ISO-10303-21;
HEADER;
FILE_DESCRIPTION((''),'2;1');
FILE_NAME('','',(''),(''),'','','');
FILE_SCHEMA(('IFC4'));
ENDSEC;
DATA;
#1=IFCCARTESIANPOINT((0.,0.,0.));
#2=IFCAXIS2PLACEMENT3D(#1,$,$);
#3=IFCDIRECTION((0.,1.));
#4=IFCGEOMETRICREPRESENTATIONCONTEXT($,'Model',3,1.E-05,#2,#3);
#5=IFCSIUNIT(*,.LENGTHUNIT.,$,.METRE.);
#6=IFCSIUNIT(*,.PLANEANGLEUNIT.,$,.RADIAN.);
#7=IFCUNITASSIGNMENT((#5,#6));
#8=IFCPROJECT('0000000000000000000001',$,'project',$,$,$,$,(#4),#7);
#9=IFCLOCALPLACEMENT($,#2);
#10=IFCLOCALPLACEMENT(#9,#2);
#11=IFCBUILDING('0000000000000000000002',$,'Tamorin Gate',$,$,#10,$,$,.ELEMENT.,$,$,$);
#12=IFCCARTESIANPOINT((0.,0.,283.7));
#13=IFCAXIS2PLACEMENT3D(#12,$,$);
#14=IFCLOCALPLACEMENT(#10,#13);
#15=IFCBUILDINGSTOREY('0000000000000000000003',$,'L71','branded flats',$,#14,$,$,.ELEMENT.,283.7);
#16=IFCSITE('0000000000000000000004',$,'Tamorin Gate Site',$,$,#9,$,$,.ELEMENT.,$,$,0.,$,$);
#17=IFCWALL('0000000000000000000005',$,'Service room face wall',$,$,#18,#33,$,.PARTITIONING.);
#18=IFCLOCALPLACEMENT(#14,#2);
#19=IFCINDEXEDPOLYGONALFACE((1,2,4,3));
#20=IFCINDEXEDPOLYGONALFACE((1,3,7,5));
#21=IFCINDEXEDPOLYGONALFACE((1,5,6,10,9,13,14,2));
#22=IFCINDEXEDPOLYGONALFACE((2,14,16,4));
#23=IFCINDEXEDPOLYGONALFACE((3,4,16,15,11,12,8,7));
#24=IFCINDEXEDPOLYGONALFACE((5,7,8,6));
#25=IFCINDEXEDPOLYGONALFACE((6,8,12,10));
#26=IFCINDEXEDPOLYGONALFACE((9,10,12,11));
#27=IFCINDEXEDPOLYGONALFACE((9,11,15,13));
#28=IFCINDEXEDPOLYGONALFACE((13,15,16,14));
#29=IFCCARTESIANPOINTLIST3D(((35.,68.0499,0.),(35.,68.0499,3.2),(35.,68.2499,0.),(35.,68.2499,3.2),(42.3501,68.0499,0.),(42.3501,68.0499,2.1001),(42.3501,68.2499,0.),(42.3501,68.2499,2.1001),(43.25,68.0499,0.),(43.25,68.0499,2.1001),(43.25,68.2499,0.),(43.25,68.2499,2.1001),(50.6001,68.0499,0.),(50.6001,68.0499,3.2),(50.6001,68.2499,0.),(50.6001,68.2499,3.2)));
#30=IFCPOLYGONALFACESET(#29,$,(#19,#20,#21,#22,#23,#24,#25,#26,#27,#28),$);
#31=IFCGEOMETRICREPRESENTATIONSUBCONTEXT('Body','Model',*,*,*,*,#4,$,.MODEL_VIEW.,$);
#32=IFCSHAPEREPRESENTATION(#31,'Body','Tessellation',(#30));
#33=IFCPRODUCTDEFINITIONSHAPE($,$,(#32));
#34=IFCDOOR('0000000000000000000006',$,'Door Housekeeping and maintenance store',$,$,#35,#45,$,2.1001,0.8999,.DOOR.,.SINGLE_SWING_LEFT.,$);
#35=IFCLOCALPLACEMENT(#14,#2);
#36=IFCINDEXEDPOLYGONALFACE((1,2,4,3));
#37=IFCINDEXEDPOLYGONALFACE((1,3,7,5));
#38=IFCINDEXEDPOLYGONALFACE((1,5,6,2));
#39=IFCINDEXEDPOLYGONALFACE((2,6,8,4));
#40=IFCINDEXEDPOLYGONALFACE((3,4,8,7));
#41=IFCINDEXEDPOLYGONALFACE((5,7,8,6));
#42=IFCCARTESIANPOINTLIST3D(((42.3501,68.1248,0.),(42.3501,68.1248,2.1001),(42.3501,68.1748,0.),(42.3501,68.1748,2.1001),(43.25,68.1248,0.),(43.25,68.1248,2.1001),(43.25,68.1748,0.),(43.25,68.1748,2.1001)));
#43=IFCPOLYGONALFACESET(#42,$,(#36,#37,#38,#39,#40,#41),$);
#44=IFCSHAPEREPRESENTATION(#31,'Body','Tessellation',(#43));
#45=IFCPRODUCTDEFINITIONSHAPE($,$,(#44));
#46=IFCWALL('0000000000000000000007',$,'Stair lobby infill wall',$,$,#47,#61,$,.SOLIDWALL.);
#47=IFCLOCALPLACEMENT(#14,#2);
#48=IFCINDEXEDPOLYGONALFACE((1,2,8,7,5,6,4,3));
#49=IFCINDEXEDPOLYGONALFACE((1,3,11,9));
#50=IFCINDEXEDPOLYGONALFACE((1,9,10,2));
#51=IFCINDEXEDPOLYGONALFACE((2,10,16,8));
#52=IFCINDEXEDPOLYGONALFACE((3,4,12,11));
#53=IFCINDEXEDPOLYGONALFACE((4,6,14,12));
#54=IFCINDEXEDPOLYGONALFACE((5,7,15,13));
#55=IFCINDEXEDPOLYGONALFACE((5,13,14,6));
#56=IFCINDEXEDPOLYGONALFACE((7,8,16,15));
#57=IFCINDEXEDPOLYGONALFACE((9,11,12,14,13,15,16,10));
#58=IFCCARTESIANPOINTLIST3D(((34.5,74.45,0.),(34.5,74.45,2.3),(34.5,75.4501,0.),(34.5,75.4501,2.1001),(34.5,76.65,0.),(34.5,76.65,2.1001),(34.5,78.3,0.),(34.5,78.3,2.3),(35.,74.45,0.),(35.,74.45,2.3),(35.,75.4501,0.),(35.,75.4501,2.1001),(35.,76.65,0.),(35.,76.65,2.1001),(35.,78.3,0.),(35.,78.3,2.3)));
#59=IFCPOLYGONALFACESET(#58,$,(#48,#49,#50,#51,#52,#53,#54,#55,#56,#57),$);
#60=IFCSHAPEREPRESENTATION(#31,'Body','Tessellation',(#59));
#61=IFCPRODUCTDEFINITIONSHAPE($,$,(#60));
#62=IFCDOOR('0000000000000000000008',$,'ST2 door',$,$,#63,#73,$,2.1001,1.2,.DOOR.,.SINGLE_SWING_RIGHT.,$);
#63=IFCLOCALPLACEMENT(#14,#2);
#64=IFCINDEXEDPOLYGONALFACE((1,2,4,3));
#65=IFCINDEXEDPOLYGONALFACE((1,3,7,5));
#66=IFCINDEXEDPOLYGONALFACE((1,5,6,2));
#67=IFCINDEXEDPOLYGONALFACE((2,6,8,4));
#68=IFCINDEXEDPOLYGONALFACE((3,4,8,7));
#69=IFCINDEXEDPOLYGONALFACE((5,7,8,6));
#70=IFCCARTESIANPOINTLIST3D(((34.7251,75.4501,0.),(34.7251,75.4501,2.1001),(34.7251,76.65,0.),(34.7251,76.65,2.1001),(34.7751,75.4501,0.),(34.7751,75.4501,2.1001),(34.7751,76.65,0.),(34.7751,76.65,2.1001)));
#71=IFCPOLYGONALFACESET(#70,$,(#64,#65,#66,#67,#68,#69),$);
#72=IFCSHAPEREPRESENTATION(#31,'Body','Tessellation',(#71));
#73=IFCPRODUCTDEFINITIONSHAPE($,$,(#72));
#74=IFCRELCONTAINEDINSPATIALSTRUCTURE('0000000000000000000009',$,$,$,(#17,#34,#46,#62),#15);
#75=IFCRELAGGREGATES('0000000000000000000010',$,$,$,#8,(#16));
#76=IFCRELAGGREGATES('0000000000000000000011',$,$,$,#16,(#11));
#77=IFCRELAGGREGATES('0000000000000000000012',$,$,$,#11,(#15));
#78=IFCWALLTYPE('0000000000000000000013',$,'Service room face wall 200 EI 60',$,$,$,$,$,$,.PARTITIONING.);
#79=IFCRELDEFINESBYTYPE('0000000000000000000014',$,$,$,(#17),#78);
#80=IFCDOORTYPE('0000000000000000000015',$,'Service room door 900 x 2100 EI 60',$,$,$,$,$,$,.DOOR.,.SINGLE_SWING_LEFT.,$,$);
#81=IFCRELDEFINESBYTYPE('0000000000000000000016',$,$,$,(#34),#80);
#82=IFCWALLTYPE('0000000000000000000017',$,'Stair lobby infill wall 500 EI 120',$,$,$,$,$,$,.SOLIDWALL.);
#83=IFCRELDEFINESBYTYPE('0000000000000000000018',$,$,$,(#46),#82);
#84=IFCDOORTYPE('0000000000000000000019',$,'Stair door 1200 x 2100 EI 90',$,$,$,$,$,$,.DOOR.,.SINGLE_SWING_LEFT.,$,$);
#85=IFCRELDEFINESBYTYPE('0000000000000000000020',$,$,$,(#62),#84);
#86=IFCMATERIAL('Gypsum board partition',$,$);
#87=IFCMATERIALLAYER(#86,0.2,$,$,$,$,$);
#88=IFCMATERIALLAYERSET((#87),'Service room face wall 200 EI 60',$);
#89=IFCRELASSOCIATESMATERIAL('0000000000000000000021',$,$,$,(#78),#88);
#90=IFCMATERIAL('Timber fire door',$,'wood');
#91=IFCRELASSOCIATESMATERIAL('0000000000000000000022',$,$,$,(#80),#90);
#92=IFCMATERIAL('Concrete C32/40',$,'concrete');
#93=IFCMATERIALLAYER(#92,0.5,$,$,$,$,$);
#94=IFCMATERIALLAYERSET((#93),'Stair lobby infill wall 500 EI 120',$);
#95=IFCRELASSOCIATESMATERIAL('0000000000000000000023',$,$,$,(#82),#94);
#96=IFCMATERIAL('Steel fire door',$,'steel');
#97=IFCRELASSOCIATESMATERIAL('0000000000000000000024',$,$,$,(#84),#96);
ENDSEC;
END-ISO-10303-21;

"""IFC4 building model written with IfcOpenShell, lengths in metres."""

from ifc_helpers import new_model, si_unit, direction, frame, frame_2d, origin, place, context, subcontext, project, spatial, rectangle, extrude, material, layer, layer_set, type_object, element, fill, save


model = new_model("IFC4")

# Units and contexts
model_context = context("Model", 3, precision=1e-05, world=origin(), true_north=direction((0.0, 1.0)))
body_context = subcontext(model_context, "Body", "Model", "MODEL_VIEW")
ifc_project = project(units=[si_unit("LENGTHUNIT", "METRE"), si_unit("PLANEANGLEUNIT", "RADIAN")], contexts=[model_context])

# Site, building, storey
site_placement = place(None, origin())
site = spatial("IfcSite", under=ifc_project, at=site_placement, Name="Tamorin Gate Site", CompositionType="ELEMENT", RefElevation=0.0)
building_placement = place(site_placement, origin())
building = spatial("IfcBuilding", under=site, at=building_placement, Name="Tamorin Gate", CompositionType="ELEMENT")
storey_placement = place(building_placement, frame((0.0, 0.0, 283.7)))
storey = spatial("IfcBuildingStorey", under=building, at=storey_placement, Name="L71", Description="branded flats", CompositionType="ELEMENT", Elevation=283.7)

# Shared definitions
ifc_material_1 = material(Name="Concrete C32/40", Category="concrete")

# Shared definitions
ifc_material_2 = material(Name="Steel fire door", Category="steel")

# Shared definitions
ifc_material_3 = material(Name="Gypsum board partition")
ifc_layer_1 = layer(ifc_material_3, 0.2)
ifc_layer_set_1 = layer_set([ifc_layer_1], Name="Service room face wall 200 EI 60")
wall_type_1 = type_object("IfcWallType", Name="Service room face wall 200 EI 60", PredefinedType="PARTITIONING", material=ifc_layer_set_1)
ifc_material_4 = material(Name="Timber fire door", Category="wood")
door_type_1 = type_object("IfcDoorType", Name="Service room door 900 x 2100 EI 60", OperationType="SINGLE_SWING_LEFT", PredefinedType="DOOR", material=ifc_material_4)

# Walls, openings, doors
wall_1_placement = place(storey_placement, frame((35.0, 68.1499, 0.0), z_axis=(0.0, 0.0, 1.0), x_axis=(1.0, 0.0, 0.0)))
wall_1 = element("IfcWall", 1, at=wall_1_placement, inside=storey, type_object=wall_type_1, Name="Service room face wall", PredefinedType="PARTITIONING", context=body_context, shape_type="SweptSolid", body=[
    extrude(rectangle(XDim=15.6001, YDim=0.2, at=frame_2d((7.8, 0.0))), origin(), (0.0, 0.0, 1.0), 3.2),
])
opening_1_placement = place(wall_1_placement, frame((7.3501, 0.0, 0.0)))
opening_1 = element("IfcOpeningElement", 2, at=opening_1_placement, cuts=wall_1, PredefinedType="OPENING", context=body_context, shape_type="SweptSolid", body=[
    extrude(rectangle(XDim=0.8999, YDim=2.1001, at=frame_2d((0.45, 1.05))), frame((0.0, 0.1099, 0.0), z_axis=(0.0, -1.0, 0.0), x_axis=(1.0, 0.0, 0.0)), (0.0, 0.0, 1.0), 0.22),
])
door_1_placement = place(opening_1_placement, origin())
door_1 = element("IfcDoor", 3, at=door_1_placement, inside=storey, type_object=door_type_1, Name="Door Housekeeping and maintenance store", OperationType="SINGLE_SWING_LEFT", OverallHeight=2.1001, OverallWidth=0.8999, PredefinedType="DOOR", context=body_context, shape_type="SweptSolid", body=[
    extrude(rectangle(XDim=0.8999, YDim=2.1001, at=frame_2d((0.45, 1.05))), frame((0.0, 0.0249, 0.0), z_axis=(0.0, -1.0, 0.0), x_axis=(1.0, 0.0, 0.0)), (0.0, 0.0, 1.0), 0.05),
])
fill(opening_1, door_1)
ifc_layer_2 = layer(ifc_material_1, 0.5)
ifc_layer_set_2 = layer_set([ifc_layer_2], Name="Stair lobby infill wall 500 EI 120")
wall_type_2 = type_object("IfcWallType", Name="Stair lobby infill wall 500 EI 120", PredefinedType="SOLIDWALL", material=ifc_layer_set_2)
wall_2_placement = place(storey_placement, frame((34.75, 74.45, 0.0), z_axis=(0.0, 0.0, 1.0), x_axis=(0.0, 1.0, 0.0)))
wall_2 = element("IfcWall", 4, at=wall_2_placement, inside=storey, type_object=wall_type_2, Name="Stair lobby infill wall", PredefinedType="SOLIDWALL", context=body_context, shape_type="SweptSolid", body=[
    extrude(rectangle(XDim=3.8501, YDim=0.5, at=frame_2d((1.925, 0.0))), origin(), (0.0, 0.0, 1.0), 2.3),
])
opening_2_placement = place(wall_2_placement, frame((1.0, 0.0, 0.0)))
opening_2 = element("IfcOpeningElement", 5, at=opening_2_placement, cuts=wall_2, PredefinedType="OPENING", context=body_context, shape_type="SweptSolid", body=[
    extrude(rectangle(XDim=1.2, YDim=2.1001, at=frame_2d((0.6001, 1.05))), frame((0.0, 0.26, 0.0), z_axis=(0.0, -1.0, 0.0), x_axis=(1.0, 0.0, 0.0)), (0.0, 0.0, 1.0), 0.52),
])
door_type_2 = type_object("IfcDoorType", Name="Stair door 1200 x 2100 EI 90", OperationType="SINGLE_SWING_LEFT", PredefinedType="DOOR", material=ifc_material_2)
door_2_placement = place(opening_2_placement, origin())
door_2 = element("IfcDoor", 6, at=door_2_placement, inside=storey, type_object=door_type_2, Name="ST2 door", OperationType="SINGLE_SWING_RIGHT", OverallHeight=2.1001, OverallWidth=1.2, PredefinedType="DOOR", context=body_context, shape_type="SweptSolid", body=[
    extrude(rectangle(XDim=1.2, YDim=2.1001, at=frame_2d((0.6001, 1.05))), frame((0.0, 0.0249, 0.0), z_axis=(0.0, -1.0, 0.0), x_axis=(1.0, 0.0, 0.0)), (0.0, 0.0, 1.0), 0.05),
])
fill(opening_2, door_2)

save(model, "model.ifc")
